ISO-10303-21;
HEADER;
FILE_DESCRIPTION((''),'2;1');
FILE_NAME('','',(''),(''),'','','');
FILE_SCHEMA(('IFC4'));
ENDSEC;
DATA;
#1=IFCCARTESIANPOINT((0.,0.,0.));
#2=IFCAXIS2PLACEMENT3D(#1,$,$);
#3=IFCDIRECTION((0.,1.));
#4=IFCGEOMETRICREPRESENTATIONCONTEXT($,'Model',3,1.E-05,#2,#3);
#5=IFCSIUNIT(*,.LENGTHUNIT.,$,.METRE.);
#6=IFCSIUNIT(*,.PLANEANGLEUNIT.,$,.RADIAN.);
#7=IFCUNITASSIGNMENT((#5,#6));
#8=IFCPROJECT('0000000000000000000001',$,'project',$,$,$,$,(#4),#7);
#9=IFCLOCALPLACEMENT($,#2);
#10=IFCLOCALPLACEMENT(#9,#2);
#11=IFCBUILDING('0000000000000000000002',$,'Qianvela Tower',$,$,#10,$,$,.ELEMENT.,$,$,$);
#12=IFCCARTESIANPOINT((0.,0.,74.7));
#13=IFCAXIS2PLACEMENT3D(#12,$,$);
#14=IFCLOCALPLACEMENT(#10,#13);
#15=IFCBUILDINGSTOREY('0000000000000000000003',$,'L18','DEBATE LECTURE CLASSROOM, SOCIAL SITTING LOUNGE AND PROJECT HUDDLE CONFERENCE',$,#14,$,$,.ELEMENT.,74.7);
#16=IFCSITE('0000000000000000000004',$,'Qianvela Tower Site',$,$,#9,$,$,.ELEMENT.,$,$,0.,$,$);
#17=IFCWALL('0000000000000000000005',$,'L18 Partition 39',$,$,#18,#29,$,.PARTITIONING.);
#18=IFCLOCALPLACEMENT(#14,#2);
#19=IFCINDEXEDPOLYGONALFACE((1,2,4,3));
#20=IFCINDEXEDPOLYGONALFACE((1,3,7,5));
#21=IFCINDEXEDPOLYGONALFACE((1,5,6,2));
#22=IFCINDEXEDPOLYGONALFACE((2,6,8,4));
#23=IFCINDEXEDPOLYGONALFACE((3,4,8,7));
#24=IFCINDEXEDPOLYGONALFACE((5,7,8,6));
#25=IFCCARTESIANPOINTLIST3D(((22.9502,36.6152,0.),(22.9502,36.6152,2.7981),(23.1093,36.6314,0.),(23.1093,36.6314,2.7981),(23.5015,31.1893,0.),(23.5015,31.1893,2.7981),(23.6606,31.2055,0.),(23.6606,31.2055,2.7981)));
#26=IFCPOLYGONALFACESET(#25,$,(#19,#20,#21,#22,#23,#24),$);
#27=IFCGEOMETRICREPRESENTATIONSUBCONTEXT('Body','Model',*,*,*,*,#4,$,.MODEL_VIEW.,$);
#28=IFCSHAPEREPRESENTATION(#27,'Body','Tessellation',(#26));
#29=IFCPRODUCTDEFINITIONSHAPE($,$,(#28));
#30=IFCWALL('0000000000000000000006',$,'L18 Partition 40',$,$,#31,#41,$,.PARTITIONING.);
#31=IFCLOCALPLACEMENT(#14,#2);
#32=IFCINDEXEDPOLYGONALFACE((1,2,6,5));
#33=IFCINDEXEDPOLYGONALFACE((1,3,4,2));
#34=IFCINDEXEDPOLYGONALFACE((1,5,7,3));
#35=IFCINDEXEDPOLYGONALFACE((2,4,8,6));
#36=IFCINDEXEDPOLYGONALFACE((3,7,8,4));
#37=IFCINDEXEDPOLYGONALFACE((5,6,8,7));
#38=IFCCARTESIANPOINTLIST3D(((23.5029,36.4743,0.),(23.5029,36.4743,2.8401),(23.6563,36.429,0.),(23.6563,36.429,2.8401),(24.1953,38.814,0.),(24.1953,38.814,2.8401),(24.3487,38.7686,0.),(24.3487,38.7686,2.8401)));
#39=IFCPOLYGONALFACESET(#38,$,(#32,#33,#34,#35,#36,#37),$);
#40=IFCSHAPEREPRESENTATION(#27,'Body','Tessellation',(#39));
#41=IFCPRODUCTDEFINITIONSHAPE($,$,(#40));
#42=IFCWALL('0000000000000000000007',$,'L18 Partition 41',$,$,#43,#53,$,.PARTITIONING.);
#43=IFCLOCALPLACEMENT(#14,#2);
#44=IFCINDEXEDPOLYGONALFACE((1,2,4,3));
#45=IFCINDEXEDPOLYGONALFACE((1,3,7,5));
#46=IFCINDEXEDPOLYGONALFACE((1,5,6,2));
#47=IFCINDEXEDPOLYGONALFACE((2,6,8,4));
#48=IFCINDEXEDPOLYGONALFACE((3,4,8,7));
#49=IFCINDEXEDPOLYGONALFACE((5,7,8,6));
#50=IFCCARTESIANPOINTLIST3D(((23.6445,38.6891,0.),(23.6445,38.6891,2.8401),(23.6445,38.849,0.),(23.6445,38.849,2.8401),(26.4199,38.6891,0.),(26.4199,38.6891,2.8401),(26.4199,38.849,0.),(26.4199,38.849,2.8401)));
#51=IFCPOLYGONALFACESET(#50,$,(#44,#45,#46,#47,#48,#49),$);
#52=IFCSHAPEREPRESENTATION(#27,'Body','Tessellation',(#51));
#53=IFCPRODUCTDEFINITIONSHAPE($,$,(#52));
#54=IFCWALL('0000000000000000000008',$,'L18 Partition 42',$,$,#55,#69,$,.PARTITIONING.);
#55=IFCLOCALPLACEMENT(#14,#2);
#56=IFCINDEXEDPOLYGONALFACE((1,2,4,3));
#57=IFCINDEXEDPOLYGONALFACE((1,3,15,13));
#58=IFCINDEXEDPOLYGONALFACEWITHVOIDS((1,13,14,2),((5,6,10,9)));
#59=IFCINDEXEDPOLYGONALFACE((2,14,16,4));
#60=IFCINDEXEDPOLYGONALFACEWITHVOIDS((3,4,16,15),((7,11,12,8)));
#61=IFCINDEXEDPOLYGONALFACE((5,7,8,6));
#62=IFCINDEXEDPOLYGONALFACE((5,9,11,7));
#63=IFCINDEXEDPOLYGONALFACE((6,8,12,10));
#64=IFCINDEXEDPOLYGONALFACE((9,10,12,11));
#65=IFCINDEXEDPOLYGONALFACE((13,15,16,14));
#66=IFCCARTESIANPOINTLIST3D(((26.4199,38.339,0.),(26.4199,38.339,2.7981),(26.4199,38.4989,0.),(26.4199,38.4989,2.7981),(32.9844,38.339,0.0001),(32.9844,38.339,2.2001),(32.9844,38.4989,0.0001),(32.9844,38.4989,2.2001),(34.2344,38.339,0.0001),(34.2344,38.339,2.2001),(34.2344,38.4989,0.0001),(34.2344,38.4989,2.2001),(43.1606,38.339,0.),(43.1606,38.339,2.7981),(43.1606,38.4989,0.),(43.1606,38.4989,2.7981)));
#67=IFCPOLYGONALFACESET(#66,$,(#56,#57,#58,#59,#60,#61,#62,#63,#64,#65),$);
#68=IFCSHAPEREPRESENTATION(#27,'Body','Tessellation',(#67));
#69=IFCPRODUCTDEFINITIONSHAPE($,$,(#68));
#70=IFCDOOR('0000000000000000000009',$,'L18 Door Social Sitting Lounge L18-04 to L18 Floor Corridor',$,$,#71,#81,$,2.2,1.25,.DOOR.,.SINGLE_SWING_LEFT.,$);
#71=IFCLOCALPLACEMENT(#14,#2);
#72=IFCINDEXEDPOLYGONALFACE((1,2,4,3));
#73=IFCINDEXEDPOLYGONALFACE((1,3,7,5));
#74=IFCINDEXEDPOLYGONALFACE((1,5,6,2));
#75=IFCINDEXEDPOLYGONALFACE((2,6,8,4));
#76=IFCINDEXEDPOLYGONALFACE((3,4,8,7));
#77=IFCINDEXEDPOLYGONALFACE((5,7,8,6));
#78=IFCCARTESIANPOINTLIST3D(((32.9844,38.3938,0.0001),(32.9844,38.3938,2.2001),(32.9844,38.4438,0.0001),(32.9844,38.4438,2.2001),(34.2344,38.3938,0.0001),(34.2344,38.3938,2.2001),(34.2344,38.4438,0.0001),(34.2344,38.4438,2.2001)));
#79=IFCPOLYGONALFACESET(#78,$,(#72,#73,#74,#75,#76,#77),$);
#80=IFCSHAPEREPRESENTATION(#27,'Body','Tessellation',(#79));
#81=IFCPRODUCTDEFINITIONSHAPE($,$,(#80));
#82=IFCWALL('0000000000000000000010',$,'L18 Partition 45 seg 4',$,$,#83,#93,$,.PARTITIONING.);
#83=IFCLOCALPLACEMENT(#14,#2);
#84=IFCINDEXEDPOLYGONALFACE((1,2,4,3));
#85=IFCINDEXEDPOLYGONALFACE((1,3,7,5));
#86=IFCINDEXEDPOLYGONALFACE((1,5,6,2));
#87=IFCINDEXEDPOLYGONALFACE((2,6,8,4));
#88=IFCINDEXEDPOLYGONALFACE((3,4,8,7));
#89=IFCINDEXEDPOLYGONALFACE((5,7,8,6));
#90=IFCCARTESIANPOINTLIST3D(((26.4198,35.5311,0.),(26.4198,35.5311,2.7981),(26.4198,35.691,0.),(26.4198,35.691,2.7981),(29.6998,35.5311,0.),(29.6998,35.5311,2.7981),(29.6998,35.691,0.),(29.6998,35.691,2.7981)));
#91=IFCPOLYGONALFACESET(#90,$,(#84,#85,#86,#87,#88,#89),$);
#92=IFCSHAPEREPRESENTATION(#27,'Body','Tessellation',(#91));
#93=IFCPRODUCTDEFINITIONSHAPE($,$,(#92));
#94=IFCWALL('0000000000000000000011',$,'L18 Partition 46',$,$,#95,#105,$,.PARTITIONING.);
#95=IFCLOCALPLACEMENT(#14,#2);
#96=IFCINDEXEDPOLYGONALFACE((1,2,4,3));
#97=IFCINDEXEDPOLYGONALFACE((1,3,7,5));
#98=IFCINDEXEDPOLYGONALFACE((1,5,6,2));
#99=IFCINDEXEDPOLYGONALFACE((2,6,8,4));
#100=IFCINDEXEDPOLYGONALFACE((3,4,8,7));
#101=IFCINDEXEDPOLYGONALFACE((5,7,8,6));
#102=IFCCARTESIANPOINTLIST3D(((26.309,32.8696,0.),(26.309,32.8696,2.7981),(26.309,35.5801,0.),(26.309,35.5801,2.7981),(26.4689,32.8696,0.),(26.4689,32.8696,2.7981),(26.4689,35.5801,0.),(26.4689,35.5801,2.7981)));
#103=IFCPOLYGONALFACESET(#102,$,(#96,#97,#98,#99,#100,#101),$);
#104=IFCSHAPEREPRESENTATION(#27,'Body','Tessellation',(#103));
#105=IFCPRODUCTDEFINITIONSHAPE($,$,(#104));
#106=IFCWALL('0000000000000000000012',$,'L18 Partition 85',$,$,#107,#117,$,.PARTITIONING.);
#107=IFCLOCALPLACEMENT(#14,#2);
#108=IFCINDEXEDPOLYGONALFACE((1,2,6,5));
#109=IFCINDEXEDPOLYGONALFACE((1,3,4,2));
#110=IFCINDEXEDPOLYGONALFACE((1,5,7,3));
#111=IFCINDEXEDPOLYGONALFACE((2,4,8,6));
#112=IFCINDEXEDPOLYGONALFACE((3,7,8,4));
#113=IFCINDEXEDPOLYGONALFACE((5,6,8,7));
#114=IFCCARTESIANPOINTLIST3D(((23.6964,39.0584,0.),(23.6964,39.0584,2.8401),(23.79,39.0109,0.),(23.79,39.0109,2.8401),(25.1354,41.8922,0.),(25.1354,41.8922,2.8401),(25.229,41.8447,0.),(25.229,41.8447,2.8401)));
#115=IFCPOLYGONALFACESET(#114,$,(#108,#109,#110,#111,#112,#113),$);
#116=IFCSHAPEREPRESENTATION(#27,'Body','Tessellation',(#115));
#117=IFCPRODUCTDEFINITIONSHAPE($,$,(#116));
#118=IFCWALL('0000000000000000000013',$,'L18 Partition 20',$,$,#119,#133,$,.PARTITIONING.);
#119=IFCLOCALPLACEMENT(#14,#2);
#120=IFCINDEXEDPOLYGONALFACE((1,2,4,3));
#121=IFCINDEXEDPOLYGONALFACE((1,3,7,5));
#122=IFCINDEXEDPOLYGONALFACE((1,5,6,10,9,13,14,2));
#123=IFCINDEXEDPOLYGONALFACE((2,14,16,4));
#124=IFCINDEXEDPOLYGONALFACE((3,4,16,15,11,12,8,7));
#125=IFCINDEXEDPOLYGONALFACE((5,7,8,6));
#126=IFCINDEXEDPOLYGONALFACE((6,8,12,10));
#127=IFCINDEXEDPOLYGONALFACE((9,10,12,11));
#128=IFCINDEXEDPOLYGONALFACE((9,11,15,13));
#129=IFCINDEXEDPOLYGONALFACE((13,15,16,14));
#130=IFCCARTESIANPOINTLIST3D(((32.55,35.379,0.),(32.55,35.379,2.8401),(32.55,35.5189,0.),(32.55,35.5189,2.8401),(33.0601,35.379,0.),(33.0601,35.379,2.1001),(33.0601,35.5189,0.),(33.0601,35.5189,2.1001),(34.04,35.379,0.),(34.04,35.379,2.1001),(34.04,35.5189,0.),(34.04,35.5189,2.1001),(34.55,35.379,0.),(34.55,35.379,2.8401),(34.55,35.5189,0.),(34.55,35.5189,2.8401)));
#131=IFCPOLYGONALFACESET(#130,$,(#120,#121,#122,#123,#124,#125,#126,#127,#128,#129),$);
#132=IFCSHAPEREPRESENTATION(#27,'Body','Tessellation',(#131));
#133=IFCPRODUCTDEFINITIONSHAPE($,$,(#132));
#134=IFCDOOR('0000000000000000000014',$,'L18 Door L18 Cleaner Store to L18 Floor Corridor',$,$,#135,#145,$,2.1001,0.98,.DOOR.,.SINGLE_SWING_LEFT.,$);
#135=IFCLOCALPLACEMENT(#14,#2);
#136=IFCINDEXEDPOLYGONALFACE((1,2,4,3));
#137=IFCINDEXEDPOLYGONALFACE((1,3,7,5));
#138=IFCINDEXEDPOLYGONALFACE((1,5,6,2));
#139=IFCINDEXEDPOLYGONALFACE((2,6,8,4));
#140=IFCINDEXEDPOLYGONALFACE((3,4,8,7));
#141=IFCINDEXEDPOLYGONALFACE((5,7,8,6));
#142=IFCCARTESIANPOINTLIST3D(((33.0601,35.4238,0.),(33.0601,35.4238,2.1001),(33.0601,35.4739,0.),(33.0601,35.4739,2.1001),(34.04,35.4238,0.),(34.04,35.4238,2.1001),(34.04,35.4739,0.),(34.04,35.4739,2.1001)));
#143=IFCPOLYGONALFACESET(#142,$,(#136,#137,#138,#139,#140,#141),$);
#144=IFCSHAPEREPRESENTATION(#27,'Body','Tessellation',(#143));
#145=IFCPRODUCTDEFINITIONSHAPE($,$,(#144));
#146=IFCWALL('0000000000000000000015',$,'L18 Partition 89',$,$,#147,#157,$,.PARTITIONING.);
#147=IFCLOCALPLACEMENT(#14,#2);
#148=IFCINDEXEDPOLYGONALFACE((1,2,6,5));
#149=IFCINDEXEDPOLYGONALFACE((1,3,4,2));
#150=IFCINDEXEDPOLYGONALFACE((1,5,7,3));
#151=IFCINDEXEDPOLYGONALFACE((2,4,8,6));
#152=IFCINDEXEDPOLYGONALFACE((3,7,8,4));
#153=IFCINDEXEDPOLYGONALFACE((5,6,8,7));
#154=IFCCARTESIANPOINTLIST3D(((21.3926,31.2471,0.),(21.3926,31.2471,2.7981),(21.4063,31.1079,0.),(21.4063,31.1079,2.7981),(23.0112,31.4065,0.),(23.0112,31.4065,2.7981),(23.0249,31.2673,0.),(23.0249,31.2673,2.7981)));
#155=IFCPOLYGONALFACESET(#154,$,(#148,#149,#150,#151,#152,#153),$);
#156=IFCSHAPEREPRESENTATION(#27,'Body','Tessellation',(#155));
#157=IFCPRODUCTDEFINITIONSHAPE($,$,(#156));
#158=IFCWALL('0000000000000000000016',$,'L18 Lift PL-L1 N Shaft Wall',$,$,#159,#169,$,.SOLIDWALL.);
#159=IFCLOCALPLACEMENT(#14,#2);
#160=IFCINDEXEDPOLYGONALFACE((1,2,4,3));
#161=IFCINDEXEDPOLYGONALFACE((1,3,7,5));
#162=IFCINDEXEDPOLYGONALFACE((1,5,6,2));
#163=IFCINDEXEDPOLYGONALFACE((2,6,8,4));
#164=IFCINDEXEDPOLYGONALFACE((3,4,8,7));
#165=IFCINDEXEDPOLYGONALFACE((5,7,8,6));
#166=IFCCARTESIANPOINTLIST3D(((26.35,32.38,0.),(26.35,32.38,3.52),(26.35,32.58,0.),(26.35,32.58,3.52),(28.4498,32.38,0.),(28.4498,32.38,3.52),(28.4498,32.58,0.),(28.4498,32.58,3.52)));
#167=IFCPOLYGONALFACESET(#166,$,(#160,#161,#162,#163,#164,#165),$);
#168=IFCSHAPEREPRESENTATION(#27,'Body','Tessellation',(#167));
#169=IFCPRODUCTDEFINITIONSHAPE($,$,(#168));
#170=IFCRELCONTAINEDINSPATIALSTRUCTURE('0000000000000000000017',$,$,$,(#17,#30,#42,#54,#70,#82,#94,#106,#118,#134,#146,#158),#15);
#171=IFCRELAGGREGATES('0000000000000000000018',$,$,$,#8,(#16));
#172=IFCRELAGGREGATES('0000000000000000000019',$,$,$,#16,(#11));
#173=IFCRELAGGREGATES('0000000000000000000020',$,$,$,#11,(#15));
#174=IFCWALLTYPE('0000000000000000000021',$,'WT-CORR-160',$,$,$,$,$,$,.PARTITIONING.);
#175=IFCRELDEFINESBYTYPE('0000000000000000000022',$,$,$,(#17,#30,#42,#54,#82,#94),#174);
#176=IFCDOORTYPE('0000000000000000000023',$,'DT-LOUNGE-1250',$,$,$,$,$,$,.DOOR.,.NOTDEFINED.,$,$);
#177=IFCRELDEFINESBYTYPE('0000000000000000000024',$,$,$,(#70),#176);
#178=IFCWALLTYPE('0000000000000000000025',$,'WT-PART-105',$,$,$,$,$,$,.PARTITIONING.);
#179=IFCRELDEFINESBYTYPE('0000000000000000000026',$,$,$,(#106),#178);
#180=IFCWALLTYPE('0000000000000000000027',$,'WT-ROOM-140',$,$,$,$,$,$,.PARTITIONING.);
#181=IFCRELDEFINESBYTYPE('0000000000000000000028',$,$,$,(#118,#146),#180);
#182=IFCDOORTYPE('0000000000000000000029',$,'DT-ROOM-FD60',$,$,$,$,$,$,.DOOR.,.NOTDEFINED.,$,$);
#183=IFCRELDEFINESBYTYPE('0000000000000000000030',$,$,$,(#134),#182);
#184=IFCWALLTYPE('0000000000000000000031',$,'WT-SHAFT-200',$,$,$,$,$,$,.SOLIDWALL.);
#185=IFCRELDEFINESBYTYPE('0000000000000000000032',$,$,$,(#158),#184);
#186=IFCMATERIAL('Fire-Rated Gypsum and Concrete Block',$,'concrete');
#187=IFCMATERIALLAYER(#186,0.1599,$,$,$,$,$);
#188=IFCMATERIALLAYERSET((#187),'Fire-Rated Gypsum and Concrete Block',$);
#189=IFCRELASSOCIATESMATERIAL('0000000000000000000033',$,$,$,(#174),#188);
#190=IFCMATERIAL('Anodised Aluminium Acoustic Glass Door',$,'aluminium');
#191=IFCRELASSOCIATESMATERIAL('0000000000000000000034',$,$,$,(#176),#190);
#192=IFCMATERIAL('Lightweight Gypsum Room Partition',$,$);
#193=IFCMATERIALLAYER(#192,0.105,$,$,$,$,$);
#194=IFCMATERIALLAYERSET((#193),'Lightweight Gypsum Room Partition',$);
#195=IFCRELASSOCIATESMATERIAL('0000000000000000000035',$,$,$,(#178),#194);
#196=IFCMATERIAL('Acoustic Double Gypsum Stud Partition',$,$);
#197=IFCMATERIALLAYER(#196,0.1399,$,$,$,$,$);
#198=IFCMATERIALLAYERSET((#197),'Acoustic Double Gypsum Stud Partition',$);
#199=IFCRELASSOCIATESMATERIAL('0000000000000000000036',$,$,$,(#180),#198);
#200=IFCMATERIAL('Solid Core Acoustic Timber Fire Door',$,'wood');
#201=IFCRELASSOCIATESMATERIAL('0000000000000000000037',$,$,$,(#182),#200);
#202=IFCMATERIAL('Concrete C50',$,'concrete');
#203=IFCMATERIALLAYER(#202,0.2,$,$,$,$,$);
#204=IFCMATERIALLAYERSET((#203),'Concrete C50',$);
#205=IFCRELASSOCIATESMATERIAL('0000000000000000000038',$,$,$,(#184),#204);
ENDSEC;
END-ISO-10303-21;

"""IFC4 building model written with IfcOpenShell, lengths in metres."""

from ifc_helpers import new_model, si_unit, direction, frame, frame_2d, origin, place, context, subcontext, project, spatial, rectangle, extrude, material, layer, layer_set, type_object, element, fill, save


model = new_model("IFC4")

# Units and contexts
model_context = context("Model", 3, precision=1e-05, world=origin(), true_north=direction((0.0, 1.0)))
body_context = subcontext(model_context, "Body", "Model", "MODEL_VIEW")
ifc_project = project(units=[si_unit("LENGTHUNIT", "METRE"), si_unit("PLANEANGLEUNIT", "RADIAN")], contexts=[model_context])

# Site, building, storey
site_placement = place(None, origin())
site = spatial("IfcSite", under=ifc_project, at=site_placement, Name="Qianvela Tower Site", CompositionType="ELEMENT", RefElevation=0.0)
building_placement = place(site_placement, origin())
building = spatial("IfcBuilding", under=site, at=building_placement, Name="Qianvela Tower", CompositionType="ELEMENT")
storey_placement = place(building_placement, frame((0.0, 0.0, 74.7)))
storey = spatial("IfcBuildingStorey", under=building, at=storey_placement, Name="L18", Description="DEBATE LECTURE CLASSROOM, SOCIAL SITTING LOUNGE AND PROJECT HUDDLE CONFERENCE", CompositionType="ELEMENT", Elevation=74.7)

# Shared definitions
ifc_material_1 = material(Name="Fire-Rated Gypsum and Concrete Block", Category="concrete")
ifc_layer_1 = layer(ifc_material_1, 0.1599)
ifc_layer_set_1 = layer_set([ifc_layer_1], Name="Fire-Rated Gypsum and Concrete Block")
wall_type_1 = type_object("IfcWallType", Name="WT-CORR-160", PredefinedType="PARTITIONING", material=ifc_layer_set_1)

# Walls
wall_1_placement = place(storey_placement, frame((23.5811, 31.1973, 0.0), z_axis=(0.0, 0.0, 1.0), x_axis=(-0.101077, 0.994879, 0.0)))
element("IfcWall", 1, at=wall_1_placement, inside=storey, type_object=wall_type_1, Name="L18 Partition 39", PredefinedType="PARTITIONING", context=body_context, shape_type="SweptSolid", body=[
    extrude(rectangle(XDim=5.4539, YDim=0.1599, at=frame_2d((2.7271, 0.0))), origin(), (0.0, 0.0, 1.0), 2.7981),
])
wall_2_placement = place(storey_placement, frame((23.5796, 36.4517, 0.0), z_axis=(0.0, 0.0, 1.0), x_axis=(0.283775, 0.958891, 0.0)))
element("IfcWall", 2, at=wall_2_placement, inside=storey, type_object=wall_type_1, Name="L18 Partition 40", PredefinedType="PARTITIONING", context=body_context, shape_type="SweptSolid", body=[
    extrude(rectangle(XDim=2.4399, YDim=0.1599, at=frame_2d((1.22, 0.0))), origin(), (0.0, 0.0, 1.0), 2.8401),
])
wall_3_placement = place(storey_placement, frame((23.6445, 38.769, 0.0), z_axis=(0.0, 0.0, 1.0), x_axis=(1.0, 0.0, 0.0)))
element("IfcWall", 3, at=wall_3_placement, inside=storey, type_object=wall_type_1, Name="L18 Partition 41", PredefinedType="PARTITIONING", context=body_context, shape_type="SweptSolid", body=[
    extrude(rectangle(XDim=2.7754, YDim=0.1599, at=frame_2d((1.3877, 0.0))), origin(), (0.0, 0.0, 1.0), 2.8401),
])

# Wall, opening, door
wall_4_placement = place(storey_placement, frame((26.4199, 38.4189, 0.0), z_axis=(0.0, 0.0, 1.0), x_axis=(1.0, 0.0, 0.0)))
wall_4 = element("IfcWall", 4, at=wall_4_placement, inside=storey, type_object=wall_type_1, Name="L18 Partition 42", PredefinedType="PARTITIONING", context=body_context, shape_type="SweptSolid", body=[
    extrude(rectangle(XDim=16.7407, YDim=0.1599, at=frame_2d((8.3704, 0.0))), origin(), (0.0, 0.0, 1.0), 2.7981),
])
opening_1_placement = place(wall_4_placement, frame((6.5645, 0.0, 0.0)))
opening_1 = element("IfcOpeningElement", 5, at=opening_1_placement, cuts=wall_4, PredefinedType="OPENING", context=body_context, shape_type="SweptSolid", body=[
    extrude(rectangle(XDim=1.25, YDim=2.2, at=frame_2d((0.625, 1.1001))), frame((0.0, 0.0898, 0.0), z_axis=(0.0, -1.0, 0.0), x_axis=(1.0, 0.0, 0.0)), (0.0, 0.0, 1.0), 0.1799),
])
ifc_material_2 = material(Name="Anodised Aluminium Acoustic Glass Door", Category="aluminium")
door_type_1 = type_object("IfcDoorType", Name="DT-LOUNGE-1250", OperationType="NOTDEFINED", PredefinedType="DOOR", material=ifc_material_2)
door_1_placement = place(opening_1_placement, origin())
door_1 = element("IfcDoor", 6, at=door_1_placement, inside=storey, type_object=door_type_1, Name="L18 Door Social Sitting Lounge L18-04 to L18 Floor Corridor", OperationType="SINGLE_SWING_LEFT", OverallHeight=2.2, OverallWidth=1.25, PredefinedType="DOOR", context=body_context, shape_type="SweptSolid", body=[
    extrude(rectangle(XDim=1.25, YDim=2.2, at=frame_2d((0.625, 1.1001))), frame((0.0, 0.0249, 0.0), z_axis=(0.0, -1.0, 0.0), x_axis=(1.0, 0.0, 0.0)), (0.0, 0.0, 1.0), 0.05),
])
fill(opening_1, door_1)

# Walls
wall_5_placement = place(storey_placement, frame((29.7, 35.6111, 0.0), z_axis=(0.0, 0.0, 1.0), x_axis=(-1.0, 0.0, 0.0)))
element("IfcWall", 7, at=wall_5_placement, inside=storey, type_object=wall_type_1, Name="L18 Partition 45 seg 4", PredefinedType="PARTITIONING", context=body_context, shape_type="SweptSolid", body=[
    extrude(rectangle(XDim=3.28, YDim=0.1599, at=frame_2d((1.6401, 0.0))), origin(), (0.0, 0.0, 1.0), 2.7981),
])
wall_6_placement = place(storey_placement, frame((26.3889, 35.5801, 0.0), z_axis=(0.0, 0.0, 1.0), x_axis=(0.0, -1.0, 0.0)))
element("IfcWall", 8, at=wall_6_placement, inside=storey, type_object=wall_type_1, Name="L18 Partition 46", PredefinedType="PARTITIONING", context=body_context, shape_type="SweptSolid", body=[
    extrude(rectangle(XDim=2.7104, YDim=0.1599, at=frame_2d((1.3552, 0.0))), origin(), (0.0, 0.0, 1.0), 2.7981),
])
ifc_material_3 = material(Name="Lightweight Gypsum Room Partition")
ifc_layer_2 = layer(ifc_material_3, 0.105)
ifc_layer_set_2 = layer_set([ifc_layer_2], Name="Lightweight Gypsum Room Partition")
wall_type_2 = type_object("IfcWallType", Name="WT-PART-105", PredefinedType="PARTITIONING", material=ifc_layer_set_2)
wall_7_placement = place(storey_placement, frame((23.7432, 39.0347, 0.0), z_axis=(0.0, 0.0, 1.0), x_axis=(0.452767, 0.891629, 0.0)))
element("IfcWall", 9, at=wall_7_placement, inside=storey, type_object=wall_type_2, Name="L18 Partition 85", PredefinedType="PARTITIONING", context=body_context, shape_type="SweptSolid", body=[
    extrude(rectangle(XDim=3.1782, YDim=0.105, at=frame_2d((1.5891, 0.0))), origin(), (0.0, 0.0, 1.0), 2.8401),
])

# Wall, opening, door
ifc_material_4 = material(Name="Acoustic Double Gypsum Stud Partition")
ifc_layer_3 = layer(ifc_material_4, 0.1399)
ifc_layer_set_3 = layer_set([ifc_layer_3], Name="Acoustic Double Gypsum Stud Partition")
wall_type_3 = type_object("IfcWallType", Name="WT-ROOM-140", PredefinedType="PARTITIONING", material=ifc_layer_set_3)
wall_8_placement = place(storey_placement, frame((32.55, 35.449, 0.0), z_axis=(0.0, 0.0, 1.0), x_axis=(1.0, 0.0, 0.0)))
wall_8 = element("IfcWall", 10, at=wall_8_placement, inside=storey, type_object=wall_type_3, Name="L18 Partition 20", PredefinedType="PARTITIONING", context=body_context, shape_type="SweptSolid", body=[
    extrude(rectangle(XDim=2.0, YDim=0.1399, at=frame_2d((1.0, 0.0))), origin(), (0.0, 0.0, 1.0), 2.8401),
])
opening_2_placement = place(wall_8_placement, frame((0.51, 0.0, 0.0)))
opening_2 = element("IfcOpeningElement", 11, at=opening_2_placement, cuts=wall_8, PredefinedType="OPENING", context=body_context, shape_type="SweptSolid", body=[
    extrude(rectangle(XDim=0.98, YDim=2.1001, at=frame_2d((0.49, 1.05))), frame((0.0, 0.0798, 0.0), z_axis=(0.0, -1.0, 0.0), x_axis=(1.0, 0.0, 0.0)), (0.0, 0.0, 1.0), 0.1599),
])
ifc_material_5 = material(Name="Solid Core Acoustic Timber Fire Door", Category="wood")
door_type_2 = type_object("IfcDoorType", Name="DT-ROOM-FD60", OperationType="NOTDEFINED", PredefinedType="DOOR", material=ifc_material_5)
door_2_placement = place(opening_2_placement, origin())
door_2 = element("IfcDoor", 12, at=door_2_placement, inside=storey, type_object=door_type_2, Name="L18 Door L18 Cleaner Store to L18 Floor Corridor", OperationType="SINGLE_SWING_LEFT", OverallHeight=2.1001, OverallWidth=0.98, PredefinedType="DOOR", context=body_context, shape_type="SweptSolid", body=[
    extrude(rectangle(XDim=0.98, YDim=2.1001, at=frame_2d((0.49, 1.05))), frame((0.0, 0.0249, 0.0), z_axis=(0.0, -1.0, 0.0), x_axis=(1.0, 0.0, 0.0)), (0.0, 0.0, 1.0), 0.05),
])
fill(opening_2, door_2)

# Walls
wall_9_placement = place(storey_placement, frame((23.0181, 31.3369, 0.0), z_axis=(0.0, 0.0, 1.0), x_axis=(-0.995185, -0.098017, 0.0)))
element("IfcWall", 13, at=wall_9_placement, inside=storey, type_object=wall_type_3, Name="L18 Partition 89", PredefinedType="PARTITIONING", context=body_context, shape_type="SweptSolid", body=[
    extrude(rectangle(XDim=1.6265, YDim=0.1399, at=frame_2d((0.8132, 0.0))), origin(), (0.0, 0.0, 1.0), 2.7981),
])
ifc_material_6 = material(Name="Concrete C50", Category="concrete")
ifc_layer_4 = layer(ifc_material_6, 0.2)
ifc_layer_set_4 = layer_set([ifc_layer_4], Name="Concrete C50")
wall_type_4 = type_object("IfcWallType", Name="WT-SHAFT-200", PredefinedType="SOLIDWALL", material=ifc_layer_set_4)
wall_10_placement = place(storey_placement, frame((26.3501, 32.48, 0.0), z_axis=(0.0, 0.0, 1.0), x_axis=(1.0, 0.0, 0.0)))
element("IfcWall", 14, at=wall_10_placement, inside=storey, type_object=wall_type_4, Name="L18 Lift PL-L1 N Shaft Wall", PredefinedType="SOLIDWALL", context=body_context, shape_type="SweptSolid", body=[
    extrude(rectangle(XDim=2.0999, YDim=0.2, at=frame_2d((1.0498, 0.0))), origin(), (0.0, 0.0, 1.0), 3.52),
])

save(model, "model.ifc")
